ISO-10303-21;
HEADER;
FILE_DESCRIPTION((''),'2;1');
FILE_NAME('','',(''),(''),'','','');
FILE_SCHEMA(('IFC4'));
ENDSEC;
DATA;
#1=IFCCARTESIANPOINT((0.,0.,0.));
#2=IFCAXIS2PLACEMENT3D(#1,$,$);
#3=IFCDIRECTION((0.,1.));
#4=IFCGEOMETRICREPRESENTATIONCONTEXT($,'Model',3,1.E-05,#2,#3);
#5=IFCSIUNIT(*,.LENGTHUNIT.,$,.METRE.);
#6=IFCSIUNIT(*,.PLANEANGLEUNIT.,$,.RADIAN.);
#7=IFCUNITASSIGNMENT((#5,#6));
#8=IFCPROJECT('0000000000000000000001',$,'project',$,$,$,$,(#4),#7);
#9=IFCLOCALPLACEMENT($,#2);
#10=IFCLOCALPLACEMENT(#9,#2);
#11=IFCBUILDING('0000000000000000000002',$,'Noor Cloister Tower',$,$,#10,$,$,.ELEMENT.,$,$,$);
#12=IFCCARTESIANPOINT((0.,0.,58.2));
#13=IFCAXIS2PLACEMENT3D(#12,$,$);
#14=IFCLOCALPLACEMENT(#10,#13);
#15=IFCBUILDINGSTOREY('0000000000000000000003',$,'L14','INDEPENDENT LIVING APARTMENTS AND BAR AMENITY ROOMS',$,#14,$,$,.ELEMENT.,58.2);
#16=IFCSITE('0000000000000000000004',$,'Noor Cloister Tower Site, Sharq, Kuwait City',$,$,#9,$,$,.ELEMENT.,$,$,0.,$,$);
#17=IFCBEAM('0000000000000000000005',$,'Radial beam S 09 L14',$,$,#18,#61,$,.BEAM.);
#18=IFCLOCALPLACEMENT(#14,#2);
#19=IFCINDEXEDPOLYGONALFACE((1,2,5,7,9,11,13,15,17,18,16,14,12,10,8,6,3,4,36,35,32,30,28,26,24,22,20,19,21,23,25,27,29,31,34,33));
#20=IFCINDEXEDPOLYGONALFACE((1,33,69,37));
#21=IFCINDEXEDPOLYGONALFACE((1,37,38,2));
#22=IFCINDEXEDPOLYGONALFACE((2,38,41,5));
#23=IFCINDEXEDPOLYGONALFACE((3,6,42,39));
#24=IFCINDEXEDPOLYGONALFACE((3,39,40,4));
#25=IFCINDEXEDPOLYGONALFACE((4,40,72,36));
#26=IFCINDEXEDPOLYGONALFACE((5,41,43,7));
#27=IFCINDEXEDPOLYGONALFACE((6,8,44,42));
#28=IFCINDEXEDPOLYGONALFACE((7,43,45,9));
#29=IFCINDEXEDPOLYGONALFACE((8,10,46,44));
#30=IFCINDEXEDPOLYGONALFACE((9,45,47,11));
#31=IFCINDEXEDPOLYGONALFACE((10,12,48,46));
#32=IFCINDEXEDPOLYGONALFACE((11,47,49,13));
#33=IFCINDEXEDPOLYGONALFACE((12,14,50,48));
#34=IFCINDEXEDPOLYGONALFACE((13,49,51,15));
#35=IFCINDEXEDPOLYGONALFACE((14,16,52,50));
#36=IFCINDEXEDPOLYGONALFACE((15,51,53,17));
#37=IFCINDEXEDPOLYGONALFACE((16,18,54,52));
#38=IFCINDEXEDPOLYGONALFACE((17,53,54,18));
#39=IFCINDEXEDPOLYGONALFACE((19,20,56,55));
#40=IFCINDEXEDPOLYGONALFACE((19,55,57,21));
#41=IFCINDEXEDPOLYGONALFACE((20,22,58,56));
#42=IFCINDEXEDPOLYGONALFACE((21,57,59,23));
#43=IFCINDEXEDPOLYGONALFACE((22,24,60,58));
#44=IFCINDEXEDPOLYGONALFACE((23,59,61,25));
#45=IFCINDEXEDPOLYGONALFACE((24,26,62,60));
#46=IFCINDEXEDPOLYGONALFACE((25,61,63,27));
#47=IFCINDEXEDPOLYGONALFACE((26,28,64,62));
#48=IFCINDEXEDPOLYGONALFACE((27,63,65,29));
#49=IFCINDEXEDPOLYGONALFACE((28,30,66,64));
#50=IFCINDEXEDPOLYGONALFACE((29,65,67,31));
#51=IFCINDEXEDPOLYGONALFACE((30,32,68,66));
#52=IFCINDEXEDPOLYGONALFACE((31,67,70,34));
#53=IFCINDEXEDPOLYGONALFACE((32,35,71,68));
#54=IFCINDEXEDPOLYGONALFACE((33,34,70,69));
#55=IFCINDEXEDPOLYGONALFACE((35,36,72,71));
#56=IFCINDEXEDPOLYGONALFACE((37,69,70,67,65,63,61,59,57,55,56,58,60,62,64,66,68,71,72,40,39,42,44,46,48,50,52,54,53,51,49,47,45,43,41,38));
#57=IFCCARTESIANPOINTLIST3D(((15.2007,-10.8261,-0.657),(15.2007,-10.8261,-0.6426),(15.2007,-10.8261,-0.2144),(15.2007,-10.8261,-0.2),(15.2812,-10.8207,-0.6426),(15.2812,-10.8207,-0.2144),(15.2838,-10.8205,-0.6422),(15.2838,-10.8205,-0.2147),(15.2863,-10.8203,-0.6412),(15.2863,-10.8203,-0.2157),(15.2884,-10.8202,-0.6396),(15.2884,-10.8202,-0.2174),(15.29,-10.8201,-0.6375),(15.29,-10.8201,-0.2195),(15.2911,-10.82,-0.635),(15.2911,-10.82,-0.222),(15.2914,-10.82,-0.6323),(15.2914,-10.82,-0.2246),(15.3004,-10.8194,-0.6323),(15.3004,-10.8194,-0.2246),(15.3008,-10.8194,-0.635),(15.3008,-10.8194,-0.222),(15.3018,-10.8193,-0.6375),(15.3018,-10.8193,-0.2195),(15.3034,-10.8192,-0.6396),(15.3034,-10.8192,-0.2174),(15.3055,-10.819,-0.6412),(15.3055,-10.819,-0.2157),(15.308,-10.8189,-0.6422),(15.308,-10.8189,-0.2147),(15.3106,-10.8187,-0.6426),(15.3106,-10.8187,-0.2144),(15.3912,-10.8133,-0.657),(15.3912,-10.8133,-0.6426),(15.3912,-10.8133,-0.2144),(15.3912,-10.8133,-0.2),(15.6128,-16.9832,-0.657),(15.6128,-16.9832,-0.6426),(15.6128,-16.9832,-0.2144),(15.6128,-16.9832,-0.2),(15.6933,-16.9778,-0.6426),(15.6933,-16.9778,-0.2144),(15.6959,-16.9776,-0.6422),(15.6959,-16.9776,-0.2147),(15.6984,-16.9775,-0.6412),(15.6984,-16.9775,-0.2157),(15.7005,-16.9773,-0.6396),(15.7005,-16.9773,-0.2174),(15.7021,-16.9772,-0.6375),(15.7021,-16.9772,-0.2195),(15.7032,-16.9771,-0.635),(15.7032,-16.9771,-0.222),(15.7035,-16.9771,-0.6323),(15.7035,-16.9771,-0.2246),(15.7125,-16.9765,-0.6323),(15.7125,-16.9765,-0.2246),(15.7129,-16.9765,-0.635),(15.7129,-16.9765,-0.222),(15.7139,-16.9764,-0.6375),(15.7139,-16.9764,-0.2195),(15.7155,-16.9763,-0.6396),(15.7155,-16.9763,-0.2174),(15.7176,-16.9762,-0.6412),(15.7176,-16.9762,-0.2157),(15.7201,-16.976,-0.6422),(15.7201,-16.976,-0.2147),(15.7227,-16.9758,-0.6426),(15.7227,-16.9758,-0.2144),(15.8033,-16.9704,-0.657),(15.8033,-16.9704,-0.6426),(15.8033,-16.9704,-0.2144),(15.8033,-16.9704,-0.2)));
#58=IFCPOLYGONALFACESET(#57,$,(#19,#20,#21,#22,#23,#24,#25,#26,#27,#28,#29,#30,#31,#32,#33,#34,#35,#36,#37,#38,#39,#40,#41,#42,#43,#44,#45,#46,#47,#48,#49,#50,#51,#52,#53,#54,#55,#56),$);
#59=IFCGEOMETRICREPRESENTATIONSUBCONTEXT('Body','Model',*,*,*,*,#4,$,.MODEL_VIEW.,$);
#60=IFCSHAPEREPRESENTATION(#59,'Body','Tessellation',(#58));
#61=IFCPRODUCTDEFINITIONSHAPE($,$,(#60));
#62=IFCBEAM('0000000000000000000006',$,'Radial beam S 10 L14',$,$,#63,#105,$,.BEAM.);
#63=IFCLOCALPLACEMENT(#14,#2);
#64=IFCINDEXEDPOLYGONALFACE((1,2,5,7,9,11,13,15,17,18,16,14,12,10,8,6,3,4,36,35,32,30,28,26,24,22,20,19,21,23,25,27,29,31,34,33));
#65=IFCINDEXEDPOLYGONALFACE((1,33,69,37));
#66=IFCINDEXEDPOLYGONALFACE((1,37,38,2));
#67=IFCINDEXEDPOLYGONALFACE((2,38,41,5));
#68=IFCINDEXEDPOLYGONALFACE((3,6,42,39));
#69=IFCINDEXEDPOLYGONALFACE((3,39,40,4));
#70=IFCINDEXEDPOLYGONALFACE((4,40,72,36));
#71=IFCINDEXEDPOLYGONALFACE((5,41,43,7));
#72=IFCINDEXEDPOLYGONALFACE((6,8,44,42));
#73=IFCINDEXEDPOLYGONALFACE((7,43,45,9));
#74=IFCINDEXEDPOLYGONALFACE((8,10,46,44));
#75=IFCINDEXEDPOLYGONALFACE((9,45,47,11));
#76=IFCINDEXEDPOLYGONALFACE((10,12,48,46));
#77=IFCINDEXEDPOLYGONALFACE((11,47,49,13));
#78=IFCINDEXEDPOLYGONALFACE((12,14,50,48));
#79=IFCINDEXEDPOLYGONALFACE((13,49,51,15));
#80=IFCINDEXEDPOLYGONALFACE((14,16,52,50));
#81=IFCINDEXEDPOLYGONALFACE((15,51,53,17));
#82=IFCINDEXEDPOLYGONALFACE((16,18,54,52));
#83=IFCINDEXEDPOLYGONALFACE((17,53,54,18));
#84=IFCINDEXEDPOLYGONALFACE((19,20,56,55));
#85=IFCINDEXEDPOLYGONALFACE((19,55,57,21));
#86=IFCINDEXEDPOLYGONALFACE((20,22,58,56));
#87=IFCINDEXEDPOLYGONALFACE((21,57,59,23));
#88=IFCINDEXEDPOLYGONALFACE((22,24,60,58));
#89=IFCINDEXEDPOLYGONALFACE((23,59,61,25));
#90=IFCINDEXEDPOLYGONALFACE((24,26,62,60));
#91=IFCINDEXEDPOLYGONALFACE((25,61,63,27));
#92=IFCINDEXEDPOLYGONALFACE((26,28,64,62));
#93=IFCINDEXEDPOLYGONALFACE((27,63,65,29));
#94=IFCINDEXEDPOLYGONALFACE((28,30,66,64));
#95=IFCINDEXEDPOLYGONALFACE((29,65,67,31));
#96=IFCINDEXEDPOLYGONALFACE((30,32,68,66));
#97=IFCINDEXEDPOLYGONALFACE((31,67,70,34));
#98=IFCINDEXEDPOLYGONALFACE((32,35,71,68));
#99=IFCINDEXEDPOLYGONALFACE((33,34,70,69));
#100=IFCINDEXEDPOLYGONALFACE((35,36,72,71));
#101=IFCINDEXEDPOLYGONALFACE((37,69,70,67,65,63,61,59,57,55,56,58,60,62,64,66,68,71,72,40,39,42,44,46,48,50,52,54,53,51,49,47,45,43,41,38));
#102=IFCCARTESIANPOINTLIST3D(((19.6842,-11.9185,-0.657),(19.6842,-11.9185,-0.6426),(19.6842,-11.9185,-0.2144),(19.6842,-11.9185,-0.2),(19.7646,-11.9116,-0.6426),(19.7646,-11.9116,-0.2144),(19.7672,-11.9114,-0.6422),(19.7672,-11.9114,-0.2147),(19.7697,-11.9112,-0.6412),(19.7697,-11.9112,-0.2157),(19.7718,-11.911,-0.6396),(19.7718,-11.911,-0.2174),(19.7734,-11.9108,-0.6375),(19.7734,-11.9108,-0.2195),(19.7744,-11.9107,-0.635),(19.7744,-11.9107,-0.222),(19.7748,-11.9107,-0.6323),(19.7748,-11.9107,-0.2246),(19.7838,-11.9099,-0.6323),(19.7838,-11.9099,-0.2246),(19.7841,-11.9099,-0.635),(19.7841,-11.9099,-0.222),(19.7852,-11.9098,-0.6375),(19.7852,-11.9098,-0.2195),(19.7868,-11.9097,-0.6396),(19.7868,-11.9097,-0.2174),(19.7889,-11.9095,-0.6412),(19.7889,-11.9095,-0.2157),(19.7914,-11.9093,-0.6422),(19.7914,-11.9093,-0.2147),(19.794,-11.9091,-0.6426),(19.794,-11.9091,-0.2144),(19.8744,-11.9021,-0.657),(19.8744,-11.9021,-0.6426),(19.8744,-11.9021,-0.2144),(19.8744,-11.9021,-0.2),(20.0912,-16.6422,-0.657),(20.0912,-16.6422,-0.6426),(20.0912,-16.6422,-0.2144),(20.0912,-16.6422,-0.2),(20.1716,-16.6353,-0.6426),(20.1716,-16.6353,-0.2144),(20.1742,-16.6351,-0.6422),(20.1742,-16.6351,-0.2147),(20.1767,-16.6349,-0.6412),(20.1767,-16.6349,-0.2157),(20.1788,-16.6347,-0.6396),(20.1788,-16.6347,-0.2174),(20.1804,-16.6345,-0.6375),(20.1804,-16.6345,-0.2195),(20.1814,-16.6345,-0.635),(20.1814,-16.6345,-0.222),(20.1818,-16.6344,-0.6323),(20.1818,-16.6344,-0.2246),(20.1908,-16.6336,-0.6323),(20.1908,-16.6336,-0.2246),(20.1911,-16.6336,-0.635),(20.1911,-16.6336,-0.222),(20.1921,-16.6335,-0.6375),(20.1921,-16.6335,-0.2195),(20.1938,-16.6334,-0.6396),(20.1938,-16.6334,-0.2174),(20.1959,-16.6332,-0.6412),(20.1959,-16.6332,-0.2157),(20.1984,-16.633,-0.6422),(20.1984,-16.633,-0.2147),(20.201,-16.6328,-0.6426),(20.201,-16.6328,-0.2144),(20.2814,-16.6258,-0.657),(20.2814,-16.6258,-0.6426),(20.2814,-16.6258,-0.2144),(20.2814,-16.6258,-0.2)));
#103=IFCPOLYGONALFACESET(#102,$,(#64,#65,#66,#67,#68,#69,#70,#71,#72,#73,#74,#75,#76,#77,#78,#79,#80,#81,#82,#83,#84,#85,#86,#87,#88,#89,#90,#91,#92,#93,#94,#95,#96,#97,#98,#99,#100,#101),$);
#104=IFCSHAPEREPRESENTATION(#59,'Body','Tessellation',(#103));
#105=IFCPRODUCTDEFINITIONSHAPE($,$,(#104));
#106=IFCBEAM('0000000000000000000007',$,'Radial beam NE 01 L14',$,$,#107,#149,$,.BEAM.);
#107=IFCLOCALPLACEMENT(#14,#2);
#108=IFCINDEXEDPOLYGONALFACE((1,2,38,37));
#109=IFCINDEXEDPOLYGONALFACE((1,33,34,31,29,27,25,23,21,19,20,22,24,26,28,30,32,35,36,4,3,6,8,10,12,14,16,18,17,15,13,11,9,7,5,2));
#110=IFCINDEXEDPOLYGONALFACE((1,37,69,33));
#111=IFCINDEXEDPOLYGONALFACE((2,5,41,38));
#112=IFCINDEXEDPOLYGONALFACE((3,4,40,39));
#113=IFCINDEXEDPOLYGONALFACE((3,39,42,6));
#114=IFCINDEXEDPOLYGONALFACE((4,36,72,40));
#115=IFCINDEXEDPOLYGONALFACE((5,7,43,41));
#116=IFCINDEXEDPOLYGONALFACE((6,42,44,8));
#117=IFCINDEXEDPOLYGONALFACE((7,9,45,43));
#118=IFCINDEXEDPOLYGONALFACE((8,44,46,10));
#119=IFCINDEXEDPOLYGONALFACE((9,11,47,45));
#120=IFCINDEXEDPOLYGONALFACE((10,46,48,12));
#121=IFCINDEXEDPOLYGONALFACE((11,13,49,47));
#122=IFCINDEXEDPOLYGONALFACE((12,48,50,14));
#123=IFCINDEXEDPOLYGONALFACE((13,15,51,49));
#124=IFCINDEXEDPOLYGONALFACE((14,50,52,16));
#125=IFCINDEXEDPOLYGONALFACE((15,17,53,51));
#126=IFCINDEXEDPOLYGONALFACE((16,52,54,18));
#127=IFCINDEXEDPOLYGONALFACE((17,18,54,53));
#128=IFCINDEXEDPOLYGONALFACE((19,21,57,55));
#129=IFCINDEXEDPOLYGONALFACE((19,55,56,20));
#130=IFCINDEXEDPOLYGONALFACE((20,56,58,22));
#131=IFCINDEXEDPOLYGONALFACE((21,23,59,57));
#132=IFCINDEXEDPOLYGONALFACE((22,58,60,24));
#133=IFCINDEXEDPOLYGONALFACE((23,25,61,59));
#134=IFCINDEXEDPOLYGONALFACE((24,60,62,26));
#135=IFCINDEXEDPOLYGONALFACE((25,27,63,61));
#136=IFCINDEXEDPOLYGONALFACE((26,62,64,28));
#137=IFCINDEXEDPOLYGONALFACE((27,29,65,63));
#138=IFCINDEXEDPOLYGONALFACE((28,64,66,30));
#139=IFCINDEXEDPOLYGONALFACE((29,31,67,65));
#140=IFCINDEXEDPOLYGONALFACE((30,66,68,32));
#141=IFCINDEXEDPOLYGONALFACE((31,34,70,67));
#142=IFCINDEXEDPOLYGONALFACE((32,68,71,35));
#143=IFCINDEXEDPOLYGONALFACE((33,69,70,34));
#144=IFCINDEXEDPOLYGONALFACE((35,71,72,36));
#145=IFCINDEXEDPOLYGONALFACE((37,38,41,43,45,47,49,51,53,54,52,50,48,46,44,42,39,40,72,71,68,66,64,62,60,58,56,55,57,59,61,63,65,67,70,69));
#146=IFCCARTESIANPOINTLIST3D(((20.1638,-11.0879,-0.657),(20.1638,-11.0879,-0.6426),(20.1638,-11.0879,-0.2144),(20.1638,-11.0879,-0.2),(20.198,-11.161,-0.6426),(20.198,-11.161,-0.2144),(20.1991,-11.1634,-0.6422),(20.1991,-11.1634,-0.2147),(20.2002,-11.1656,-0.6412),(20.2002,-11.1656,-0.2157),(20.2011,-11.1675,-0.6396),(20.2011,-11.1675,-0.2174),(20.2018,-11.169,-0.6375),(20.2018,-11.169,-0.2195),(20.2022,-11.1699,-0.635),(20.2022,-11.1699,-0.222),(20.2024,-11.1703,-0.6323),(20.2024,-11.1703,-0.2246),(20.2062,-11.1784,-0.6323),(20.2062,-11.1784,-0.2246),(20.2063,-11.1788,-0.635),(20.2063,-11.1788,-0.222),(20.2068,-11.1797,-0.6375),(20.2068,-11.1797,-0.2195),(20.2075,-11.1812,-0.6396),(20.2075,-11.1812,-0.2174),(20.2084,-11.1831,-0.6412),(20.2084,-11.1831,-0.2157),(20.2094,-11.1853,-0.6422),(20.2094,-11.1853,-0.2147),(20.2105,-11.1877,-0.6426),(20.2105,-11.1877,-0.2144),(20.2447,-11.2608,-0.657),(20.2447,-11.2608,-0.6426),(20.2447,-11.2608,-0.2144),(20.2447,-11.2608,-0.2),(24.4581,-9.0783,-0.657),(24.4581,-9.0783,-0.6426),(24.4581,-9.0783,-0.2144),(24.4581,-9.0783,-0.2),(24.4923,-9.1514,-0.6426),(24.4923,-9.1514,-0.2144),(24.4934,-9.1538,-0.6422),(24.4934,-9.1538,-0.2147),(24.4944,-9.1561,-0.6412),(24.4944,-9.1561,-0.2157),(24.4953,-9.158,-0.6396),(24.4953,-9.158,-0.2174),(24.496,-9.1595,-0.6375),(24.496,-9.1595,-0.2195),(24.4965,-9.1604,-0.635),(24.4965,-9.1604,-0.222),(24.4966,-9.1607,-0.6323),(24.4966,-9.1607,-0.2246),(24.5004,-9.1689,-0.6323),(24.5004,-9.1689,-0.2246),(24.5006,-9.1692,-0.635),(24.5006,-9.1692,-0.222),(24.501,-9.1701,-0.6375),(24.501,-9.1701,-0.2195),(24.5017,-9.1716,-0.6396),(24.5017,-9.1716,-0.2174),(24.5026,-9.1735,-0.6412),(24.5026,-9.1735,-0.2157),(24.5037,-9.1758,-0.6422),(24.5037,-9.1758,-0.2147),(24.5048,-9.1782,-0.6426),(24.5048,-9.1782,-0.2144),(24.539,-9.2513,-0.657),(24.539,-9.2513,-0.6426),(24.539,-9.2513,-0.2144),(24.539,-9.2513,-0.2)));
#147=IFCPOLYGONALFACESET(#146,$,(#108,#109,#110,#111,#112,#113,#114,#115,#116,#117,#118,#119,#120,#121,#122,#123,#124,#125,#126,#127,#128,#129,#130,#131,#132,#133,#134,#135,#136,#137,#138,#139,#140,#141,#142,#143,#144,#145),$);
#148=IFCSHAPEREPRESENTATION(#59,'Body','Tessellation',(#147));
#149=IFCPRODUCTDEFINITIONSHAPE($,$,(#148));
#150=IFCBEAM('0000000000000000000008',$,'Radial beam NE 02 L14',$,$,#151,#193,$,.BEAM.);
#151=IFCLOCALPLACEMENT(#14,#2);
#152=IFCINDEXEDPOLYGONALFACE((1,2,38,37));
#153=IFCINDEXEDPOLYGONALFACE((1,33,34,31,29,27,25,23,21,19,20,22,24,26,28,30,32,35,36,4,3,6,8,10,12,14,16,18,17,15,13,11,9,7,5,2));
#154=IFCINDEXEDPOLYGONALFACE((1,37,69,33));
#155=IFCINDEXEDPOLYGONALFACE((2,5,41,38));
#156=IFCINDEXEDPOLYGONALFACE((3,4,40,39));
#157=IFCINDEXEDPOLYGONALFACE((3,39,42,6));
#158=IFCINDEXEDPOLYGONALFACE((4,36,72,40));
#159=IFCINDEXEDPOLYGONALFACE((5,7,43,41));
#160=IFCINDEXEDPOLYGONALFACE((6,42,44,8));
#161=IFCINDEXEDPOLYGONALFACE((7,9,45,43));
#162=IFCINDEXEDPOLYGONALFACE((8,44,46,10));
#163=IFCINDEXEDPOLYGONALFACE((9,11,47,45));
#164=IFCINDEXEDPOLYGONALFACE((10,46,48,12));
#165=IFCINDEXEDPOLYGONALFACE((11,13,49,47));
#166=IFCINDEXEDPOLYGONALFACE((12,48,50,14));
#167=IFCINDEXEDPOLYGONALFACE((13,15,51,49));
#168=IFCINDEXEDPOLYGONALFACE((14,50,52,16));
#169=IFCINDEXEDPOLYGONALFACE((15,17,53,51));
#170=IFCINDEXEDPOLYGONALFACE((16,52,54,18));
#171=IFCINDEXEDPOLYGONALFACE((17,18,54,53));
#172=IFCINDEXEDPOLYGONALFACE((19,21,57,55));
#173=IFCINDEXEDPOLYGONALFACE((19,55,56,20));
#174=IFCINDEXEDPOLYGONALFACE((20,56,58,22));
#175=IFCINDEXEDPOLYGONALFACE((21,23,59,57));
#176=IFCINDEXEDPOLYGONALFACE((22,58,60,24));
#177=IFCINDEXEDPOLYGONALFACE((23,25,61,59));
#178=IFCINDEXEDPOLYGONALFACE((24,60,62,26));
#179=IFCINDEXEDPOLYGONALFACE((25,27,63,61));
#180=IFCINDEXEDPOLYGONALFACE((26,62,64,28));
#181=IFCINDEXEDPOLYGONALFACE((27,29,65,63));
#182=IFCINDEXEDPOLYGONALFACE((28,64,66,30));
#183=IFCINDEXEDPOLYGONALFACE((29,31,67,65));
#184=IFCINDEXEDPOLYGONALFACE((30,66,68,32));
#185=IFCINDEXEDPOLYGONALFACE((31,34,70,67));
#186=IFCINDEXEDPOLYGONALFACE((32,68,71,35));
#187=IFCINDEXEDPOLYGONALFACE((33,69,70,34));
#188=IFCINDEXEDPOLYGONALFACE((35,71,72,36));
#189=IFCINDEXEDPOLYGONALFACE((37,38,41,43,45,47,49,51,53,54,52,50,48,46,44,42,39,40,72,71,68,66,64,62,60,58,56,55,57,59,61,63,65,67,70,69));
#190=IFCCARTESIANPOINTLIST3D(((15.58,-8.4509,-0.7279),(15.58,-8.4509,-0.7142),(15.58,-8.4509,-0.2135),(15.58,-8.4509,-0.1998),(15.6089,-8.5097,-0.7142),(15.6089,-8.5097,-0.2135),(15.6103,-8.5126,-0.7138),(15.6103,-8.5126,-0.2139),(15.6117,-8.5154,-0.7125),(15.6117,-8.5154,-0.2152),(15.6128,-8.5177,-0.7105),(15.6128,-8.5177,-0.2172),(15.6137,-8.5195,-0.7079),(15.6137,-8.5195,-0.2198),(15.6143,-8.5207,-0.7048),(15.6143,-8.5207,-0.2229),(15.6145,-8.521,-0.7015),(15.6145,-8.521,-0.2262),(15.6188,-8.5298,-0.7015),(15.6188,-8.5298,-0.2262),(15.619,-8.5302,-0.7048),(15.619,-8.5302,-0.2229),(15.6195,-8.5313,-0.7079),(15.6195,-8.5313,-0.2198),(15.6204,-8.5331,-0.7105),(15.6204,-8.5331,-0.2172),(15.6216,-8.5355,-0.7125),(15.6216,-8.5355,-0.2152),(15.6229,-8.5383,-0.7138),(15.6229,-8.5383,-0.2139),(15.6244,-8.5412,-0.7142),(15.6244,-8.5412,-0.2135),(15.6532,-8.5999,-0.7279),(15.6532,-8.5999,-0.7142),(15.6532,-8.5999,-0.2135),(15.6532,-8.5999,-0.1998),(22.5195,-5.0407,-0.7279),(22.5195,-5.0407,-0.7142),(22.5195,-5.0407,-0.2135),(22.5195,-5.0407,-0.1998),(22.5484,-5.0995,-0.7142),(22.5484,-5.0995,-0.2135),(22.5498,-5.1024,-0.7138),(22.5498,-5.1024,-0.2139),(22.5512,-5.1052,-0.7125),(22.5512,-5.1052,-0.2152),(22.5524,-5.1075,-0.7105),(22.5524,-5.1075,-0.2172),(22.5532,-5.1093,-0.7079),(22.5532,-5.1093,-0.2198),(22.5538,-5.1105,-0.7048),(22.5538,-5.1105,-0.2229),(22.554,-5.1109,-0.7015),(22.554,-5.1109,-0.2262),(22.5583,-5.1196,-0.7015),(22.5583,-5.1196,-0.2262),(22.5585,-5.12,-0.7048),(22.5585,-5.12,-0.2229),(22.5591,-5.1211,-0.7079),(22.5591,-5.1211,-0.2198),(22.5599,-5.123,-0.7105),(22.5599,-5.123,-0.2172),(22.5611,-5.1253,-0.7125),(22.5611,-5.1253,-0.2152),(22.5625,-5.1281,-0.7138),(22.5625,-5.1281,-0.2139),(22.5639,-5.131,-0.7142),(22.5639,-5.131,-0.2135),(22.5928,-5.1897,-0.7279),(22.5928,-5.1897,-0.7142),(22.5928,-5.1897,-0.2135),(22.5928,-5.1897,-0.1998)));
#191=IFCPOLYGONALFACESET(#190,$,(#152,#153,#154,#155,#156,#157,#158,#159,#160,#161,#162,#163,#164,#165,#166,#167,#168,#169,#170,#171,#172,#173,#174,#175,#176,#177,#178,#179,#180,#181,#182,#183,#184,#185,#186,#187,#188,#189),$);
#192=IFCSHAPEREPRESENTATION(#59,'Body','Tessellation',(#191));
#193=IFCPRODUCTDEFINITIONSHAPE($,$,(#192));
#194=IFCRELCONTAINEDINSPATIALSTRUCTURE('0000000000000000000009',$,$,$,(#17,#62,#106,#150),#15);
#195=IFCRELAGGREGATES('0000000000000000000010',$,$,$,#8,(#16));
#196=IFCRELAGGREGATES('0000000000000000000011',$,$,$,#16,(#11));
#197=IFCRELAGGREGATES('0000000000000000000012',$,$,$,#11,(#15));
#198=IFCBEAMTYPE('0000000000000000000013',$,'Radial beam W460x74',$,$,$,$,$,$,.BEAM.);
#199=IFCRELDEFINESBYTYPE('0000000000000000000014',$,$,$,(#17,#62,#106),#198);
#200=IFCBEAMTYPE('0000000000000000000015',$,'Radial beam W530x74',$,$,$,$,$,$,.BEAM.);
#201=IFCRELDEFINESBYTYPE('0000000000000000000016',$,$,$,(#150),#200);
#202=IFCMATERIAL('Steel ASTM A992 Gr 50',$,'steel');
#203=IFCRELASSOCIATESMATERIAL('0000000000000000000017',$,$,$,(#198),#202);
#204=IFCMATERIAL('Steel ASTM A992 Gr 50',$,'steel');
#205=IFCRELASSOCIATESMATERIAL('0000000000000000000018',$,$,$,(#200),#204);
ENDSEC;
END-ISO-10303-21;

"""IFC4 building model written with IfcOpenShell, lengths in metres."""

from ifc_helpers import new_model, si_unit, direction, frame, origin, origin_2d, place, context, subcontext, project, spatial, i_section, extrude, material, material_profile, profile_set, type_object, element, save


model = new_model("IFC4")

# Units and contexts
model_context = context("Model", 3, precision=1e-05, world=origin(), true_north=direction((0.0, 1.0)))
body_context = subcontext(model_context, "Body", "Model", "MODEL_VIEW")
ifc_project = project(units=[si_unit("LENGTHUNIT", "METRE"), si_unit("PLANEANGLEUNIT", "RADIAN")], contexts=[model_context])

# Site, building, storey
site_placement = place(None, origin())
site = spatial("IfcSite", under=ifc_project, at=site_placement, Name="Noor Cloister Tower Site, Sharq, Kuwait City", CompositionType="ELEMENT", RefElevation=0.0)
building_placement = place(site_placement, origin())
building = spatial("IfcBuilding", under=site, at=building_placement, Name="Noor Cloister Tower", CompositionType="ELEMENT")
storey_placement = place(building_placement, frame((0.0, 0.0, 58.2)))
storey = spatial("IfcBuildingStorey", under=building, at=storey_placement, Name="L14", Description="INDEPENDENT LIVING APARTMENTS AND BAR AMENITY ROOMS", CompositionType="ELEMENT", Elevation=58.2)

# Beams
ifc_material_1 = material(Name="Steel ASTM A992 Gr 50", Category="steel")
ifc_material_profile_1 = material_profile(ifc_material_1, i_section(OverallWidth=0.1909, OverallDepth=0.457, WebThickness=0.009, FlangeThickness=0.0144, FilletRadius=0.0103, at=origin_2d()), Name="W460x74")
ifc_profile_set_1 = profile_set([ifc_material_profile_1], Name="Steel ASTM A992 Gr 50")
beam_type_1 = type_object("IfcBeamType", Name="Radial beam W460x74", PredefinedType="BEAM", material=ifc_profile_set_1)
beam_1_placement = place(storey_placement, frame((15.708, -16.9768, -0.4285), z_axis=(-0.066782, 0.997768, 0.0), x_axis=(-0.997768, -0.066782, 0.0)))
element("IfcBeam", 1, at=beam_1_placement, inside=storey, type_object=beam_type_1, Name="Radial beam S 09 L14", PredefinedType="BEAM", context=body_context, shape_type="SweptSolid", body=[
    extrude(i_section(OverallWidth=0.1909, OverallDepth=0.457, WebThickness=0.009, FlangeThickness=0.0144, FilletRadius=0.0103, at=origin_2d()), origin(), (0.0, 0.0, 1.0), 6.1709),
])
for number, where, z_axis, x_axis, name in (
    (2, (20.1863, -16.634, -0.4285), (-0.085841, 0.996309, 0.0), (-0.996309, -0.085841, 0.0), "Radial beam S 10 L14"),
    (3, (24.4985, -9.1648, -0.4285), (-0.905733, -0.423849, 0.0), (0.423849, -0.905733, 0.0), "Radial beam NE 01 L14"),
):
    element("IfcBeam", number, at=place(storey_placement, frame(where, z_axis=z_axis, x_axis=x_axis)), inside=storey, type_object=beam_type_1, Name=name, PredefinedType="BEAM", context=body_context, shape_type="SweptSolid", body=[
        extrude(i_section(OverallWidth=0.1909, OverallDepth=0.457, WebThickness=0.009, FlangeThickness=0.0144, FilletRadius=0.0103, at=origin_2d()), origin(), (0.0, 0.0, 1.0), 4.7412),
    ])
ifc_material_2 = material(Name="Steel ASTM A992 Gr 50", Category="steel")
ifc_material_profile_2 = material_profile(ifc_material_2, i_section(OverallWidth=0.166, OverallDepth=0.5281, WebThickness=0.0098, FlangeThickness=0.0137, FilletRadius=0.0127, at=origin_2d()), Name="W530x74")
ifc_profile_set_2 = profile_set([ifc_material_profile_2], Name="Steel ASTM A992 Gr 50")
beam_type_2 = type_object("IfcBeamType", Name="Radial beam W530x74", PredefinedType="BEAM", material=ifc_profile_set_2)
beam_2_placement = place(storey_placement, frame((22.5562, -5.1152, -0.4639), z_axis=(-0.897488, -0.44104, 0.0), x_axis=(0.44104, -0.897488, 0.0)))
element("IfcBeam", 4, at=beam_2_placement, inside=storey, type_object=beam_type_2, Name="Radial beam NE 02 L14", PredefinedType="BEAM", context=body_context, shape_type="SweptSolid", body=[
    extrude(i_section(OverallWidth=0.166, OverallDepth=0.5281, WebThickness=0.0098, FlangeThickness=0.0137, FilletRadius=0.0127, at=origin_2d()), origin(), (0.0, 0.0, 1.0), 7.7322),
])

save(model, "model.ifc")
